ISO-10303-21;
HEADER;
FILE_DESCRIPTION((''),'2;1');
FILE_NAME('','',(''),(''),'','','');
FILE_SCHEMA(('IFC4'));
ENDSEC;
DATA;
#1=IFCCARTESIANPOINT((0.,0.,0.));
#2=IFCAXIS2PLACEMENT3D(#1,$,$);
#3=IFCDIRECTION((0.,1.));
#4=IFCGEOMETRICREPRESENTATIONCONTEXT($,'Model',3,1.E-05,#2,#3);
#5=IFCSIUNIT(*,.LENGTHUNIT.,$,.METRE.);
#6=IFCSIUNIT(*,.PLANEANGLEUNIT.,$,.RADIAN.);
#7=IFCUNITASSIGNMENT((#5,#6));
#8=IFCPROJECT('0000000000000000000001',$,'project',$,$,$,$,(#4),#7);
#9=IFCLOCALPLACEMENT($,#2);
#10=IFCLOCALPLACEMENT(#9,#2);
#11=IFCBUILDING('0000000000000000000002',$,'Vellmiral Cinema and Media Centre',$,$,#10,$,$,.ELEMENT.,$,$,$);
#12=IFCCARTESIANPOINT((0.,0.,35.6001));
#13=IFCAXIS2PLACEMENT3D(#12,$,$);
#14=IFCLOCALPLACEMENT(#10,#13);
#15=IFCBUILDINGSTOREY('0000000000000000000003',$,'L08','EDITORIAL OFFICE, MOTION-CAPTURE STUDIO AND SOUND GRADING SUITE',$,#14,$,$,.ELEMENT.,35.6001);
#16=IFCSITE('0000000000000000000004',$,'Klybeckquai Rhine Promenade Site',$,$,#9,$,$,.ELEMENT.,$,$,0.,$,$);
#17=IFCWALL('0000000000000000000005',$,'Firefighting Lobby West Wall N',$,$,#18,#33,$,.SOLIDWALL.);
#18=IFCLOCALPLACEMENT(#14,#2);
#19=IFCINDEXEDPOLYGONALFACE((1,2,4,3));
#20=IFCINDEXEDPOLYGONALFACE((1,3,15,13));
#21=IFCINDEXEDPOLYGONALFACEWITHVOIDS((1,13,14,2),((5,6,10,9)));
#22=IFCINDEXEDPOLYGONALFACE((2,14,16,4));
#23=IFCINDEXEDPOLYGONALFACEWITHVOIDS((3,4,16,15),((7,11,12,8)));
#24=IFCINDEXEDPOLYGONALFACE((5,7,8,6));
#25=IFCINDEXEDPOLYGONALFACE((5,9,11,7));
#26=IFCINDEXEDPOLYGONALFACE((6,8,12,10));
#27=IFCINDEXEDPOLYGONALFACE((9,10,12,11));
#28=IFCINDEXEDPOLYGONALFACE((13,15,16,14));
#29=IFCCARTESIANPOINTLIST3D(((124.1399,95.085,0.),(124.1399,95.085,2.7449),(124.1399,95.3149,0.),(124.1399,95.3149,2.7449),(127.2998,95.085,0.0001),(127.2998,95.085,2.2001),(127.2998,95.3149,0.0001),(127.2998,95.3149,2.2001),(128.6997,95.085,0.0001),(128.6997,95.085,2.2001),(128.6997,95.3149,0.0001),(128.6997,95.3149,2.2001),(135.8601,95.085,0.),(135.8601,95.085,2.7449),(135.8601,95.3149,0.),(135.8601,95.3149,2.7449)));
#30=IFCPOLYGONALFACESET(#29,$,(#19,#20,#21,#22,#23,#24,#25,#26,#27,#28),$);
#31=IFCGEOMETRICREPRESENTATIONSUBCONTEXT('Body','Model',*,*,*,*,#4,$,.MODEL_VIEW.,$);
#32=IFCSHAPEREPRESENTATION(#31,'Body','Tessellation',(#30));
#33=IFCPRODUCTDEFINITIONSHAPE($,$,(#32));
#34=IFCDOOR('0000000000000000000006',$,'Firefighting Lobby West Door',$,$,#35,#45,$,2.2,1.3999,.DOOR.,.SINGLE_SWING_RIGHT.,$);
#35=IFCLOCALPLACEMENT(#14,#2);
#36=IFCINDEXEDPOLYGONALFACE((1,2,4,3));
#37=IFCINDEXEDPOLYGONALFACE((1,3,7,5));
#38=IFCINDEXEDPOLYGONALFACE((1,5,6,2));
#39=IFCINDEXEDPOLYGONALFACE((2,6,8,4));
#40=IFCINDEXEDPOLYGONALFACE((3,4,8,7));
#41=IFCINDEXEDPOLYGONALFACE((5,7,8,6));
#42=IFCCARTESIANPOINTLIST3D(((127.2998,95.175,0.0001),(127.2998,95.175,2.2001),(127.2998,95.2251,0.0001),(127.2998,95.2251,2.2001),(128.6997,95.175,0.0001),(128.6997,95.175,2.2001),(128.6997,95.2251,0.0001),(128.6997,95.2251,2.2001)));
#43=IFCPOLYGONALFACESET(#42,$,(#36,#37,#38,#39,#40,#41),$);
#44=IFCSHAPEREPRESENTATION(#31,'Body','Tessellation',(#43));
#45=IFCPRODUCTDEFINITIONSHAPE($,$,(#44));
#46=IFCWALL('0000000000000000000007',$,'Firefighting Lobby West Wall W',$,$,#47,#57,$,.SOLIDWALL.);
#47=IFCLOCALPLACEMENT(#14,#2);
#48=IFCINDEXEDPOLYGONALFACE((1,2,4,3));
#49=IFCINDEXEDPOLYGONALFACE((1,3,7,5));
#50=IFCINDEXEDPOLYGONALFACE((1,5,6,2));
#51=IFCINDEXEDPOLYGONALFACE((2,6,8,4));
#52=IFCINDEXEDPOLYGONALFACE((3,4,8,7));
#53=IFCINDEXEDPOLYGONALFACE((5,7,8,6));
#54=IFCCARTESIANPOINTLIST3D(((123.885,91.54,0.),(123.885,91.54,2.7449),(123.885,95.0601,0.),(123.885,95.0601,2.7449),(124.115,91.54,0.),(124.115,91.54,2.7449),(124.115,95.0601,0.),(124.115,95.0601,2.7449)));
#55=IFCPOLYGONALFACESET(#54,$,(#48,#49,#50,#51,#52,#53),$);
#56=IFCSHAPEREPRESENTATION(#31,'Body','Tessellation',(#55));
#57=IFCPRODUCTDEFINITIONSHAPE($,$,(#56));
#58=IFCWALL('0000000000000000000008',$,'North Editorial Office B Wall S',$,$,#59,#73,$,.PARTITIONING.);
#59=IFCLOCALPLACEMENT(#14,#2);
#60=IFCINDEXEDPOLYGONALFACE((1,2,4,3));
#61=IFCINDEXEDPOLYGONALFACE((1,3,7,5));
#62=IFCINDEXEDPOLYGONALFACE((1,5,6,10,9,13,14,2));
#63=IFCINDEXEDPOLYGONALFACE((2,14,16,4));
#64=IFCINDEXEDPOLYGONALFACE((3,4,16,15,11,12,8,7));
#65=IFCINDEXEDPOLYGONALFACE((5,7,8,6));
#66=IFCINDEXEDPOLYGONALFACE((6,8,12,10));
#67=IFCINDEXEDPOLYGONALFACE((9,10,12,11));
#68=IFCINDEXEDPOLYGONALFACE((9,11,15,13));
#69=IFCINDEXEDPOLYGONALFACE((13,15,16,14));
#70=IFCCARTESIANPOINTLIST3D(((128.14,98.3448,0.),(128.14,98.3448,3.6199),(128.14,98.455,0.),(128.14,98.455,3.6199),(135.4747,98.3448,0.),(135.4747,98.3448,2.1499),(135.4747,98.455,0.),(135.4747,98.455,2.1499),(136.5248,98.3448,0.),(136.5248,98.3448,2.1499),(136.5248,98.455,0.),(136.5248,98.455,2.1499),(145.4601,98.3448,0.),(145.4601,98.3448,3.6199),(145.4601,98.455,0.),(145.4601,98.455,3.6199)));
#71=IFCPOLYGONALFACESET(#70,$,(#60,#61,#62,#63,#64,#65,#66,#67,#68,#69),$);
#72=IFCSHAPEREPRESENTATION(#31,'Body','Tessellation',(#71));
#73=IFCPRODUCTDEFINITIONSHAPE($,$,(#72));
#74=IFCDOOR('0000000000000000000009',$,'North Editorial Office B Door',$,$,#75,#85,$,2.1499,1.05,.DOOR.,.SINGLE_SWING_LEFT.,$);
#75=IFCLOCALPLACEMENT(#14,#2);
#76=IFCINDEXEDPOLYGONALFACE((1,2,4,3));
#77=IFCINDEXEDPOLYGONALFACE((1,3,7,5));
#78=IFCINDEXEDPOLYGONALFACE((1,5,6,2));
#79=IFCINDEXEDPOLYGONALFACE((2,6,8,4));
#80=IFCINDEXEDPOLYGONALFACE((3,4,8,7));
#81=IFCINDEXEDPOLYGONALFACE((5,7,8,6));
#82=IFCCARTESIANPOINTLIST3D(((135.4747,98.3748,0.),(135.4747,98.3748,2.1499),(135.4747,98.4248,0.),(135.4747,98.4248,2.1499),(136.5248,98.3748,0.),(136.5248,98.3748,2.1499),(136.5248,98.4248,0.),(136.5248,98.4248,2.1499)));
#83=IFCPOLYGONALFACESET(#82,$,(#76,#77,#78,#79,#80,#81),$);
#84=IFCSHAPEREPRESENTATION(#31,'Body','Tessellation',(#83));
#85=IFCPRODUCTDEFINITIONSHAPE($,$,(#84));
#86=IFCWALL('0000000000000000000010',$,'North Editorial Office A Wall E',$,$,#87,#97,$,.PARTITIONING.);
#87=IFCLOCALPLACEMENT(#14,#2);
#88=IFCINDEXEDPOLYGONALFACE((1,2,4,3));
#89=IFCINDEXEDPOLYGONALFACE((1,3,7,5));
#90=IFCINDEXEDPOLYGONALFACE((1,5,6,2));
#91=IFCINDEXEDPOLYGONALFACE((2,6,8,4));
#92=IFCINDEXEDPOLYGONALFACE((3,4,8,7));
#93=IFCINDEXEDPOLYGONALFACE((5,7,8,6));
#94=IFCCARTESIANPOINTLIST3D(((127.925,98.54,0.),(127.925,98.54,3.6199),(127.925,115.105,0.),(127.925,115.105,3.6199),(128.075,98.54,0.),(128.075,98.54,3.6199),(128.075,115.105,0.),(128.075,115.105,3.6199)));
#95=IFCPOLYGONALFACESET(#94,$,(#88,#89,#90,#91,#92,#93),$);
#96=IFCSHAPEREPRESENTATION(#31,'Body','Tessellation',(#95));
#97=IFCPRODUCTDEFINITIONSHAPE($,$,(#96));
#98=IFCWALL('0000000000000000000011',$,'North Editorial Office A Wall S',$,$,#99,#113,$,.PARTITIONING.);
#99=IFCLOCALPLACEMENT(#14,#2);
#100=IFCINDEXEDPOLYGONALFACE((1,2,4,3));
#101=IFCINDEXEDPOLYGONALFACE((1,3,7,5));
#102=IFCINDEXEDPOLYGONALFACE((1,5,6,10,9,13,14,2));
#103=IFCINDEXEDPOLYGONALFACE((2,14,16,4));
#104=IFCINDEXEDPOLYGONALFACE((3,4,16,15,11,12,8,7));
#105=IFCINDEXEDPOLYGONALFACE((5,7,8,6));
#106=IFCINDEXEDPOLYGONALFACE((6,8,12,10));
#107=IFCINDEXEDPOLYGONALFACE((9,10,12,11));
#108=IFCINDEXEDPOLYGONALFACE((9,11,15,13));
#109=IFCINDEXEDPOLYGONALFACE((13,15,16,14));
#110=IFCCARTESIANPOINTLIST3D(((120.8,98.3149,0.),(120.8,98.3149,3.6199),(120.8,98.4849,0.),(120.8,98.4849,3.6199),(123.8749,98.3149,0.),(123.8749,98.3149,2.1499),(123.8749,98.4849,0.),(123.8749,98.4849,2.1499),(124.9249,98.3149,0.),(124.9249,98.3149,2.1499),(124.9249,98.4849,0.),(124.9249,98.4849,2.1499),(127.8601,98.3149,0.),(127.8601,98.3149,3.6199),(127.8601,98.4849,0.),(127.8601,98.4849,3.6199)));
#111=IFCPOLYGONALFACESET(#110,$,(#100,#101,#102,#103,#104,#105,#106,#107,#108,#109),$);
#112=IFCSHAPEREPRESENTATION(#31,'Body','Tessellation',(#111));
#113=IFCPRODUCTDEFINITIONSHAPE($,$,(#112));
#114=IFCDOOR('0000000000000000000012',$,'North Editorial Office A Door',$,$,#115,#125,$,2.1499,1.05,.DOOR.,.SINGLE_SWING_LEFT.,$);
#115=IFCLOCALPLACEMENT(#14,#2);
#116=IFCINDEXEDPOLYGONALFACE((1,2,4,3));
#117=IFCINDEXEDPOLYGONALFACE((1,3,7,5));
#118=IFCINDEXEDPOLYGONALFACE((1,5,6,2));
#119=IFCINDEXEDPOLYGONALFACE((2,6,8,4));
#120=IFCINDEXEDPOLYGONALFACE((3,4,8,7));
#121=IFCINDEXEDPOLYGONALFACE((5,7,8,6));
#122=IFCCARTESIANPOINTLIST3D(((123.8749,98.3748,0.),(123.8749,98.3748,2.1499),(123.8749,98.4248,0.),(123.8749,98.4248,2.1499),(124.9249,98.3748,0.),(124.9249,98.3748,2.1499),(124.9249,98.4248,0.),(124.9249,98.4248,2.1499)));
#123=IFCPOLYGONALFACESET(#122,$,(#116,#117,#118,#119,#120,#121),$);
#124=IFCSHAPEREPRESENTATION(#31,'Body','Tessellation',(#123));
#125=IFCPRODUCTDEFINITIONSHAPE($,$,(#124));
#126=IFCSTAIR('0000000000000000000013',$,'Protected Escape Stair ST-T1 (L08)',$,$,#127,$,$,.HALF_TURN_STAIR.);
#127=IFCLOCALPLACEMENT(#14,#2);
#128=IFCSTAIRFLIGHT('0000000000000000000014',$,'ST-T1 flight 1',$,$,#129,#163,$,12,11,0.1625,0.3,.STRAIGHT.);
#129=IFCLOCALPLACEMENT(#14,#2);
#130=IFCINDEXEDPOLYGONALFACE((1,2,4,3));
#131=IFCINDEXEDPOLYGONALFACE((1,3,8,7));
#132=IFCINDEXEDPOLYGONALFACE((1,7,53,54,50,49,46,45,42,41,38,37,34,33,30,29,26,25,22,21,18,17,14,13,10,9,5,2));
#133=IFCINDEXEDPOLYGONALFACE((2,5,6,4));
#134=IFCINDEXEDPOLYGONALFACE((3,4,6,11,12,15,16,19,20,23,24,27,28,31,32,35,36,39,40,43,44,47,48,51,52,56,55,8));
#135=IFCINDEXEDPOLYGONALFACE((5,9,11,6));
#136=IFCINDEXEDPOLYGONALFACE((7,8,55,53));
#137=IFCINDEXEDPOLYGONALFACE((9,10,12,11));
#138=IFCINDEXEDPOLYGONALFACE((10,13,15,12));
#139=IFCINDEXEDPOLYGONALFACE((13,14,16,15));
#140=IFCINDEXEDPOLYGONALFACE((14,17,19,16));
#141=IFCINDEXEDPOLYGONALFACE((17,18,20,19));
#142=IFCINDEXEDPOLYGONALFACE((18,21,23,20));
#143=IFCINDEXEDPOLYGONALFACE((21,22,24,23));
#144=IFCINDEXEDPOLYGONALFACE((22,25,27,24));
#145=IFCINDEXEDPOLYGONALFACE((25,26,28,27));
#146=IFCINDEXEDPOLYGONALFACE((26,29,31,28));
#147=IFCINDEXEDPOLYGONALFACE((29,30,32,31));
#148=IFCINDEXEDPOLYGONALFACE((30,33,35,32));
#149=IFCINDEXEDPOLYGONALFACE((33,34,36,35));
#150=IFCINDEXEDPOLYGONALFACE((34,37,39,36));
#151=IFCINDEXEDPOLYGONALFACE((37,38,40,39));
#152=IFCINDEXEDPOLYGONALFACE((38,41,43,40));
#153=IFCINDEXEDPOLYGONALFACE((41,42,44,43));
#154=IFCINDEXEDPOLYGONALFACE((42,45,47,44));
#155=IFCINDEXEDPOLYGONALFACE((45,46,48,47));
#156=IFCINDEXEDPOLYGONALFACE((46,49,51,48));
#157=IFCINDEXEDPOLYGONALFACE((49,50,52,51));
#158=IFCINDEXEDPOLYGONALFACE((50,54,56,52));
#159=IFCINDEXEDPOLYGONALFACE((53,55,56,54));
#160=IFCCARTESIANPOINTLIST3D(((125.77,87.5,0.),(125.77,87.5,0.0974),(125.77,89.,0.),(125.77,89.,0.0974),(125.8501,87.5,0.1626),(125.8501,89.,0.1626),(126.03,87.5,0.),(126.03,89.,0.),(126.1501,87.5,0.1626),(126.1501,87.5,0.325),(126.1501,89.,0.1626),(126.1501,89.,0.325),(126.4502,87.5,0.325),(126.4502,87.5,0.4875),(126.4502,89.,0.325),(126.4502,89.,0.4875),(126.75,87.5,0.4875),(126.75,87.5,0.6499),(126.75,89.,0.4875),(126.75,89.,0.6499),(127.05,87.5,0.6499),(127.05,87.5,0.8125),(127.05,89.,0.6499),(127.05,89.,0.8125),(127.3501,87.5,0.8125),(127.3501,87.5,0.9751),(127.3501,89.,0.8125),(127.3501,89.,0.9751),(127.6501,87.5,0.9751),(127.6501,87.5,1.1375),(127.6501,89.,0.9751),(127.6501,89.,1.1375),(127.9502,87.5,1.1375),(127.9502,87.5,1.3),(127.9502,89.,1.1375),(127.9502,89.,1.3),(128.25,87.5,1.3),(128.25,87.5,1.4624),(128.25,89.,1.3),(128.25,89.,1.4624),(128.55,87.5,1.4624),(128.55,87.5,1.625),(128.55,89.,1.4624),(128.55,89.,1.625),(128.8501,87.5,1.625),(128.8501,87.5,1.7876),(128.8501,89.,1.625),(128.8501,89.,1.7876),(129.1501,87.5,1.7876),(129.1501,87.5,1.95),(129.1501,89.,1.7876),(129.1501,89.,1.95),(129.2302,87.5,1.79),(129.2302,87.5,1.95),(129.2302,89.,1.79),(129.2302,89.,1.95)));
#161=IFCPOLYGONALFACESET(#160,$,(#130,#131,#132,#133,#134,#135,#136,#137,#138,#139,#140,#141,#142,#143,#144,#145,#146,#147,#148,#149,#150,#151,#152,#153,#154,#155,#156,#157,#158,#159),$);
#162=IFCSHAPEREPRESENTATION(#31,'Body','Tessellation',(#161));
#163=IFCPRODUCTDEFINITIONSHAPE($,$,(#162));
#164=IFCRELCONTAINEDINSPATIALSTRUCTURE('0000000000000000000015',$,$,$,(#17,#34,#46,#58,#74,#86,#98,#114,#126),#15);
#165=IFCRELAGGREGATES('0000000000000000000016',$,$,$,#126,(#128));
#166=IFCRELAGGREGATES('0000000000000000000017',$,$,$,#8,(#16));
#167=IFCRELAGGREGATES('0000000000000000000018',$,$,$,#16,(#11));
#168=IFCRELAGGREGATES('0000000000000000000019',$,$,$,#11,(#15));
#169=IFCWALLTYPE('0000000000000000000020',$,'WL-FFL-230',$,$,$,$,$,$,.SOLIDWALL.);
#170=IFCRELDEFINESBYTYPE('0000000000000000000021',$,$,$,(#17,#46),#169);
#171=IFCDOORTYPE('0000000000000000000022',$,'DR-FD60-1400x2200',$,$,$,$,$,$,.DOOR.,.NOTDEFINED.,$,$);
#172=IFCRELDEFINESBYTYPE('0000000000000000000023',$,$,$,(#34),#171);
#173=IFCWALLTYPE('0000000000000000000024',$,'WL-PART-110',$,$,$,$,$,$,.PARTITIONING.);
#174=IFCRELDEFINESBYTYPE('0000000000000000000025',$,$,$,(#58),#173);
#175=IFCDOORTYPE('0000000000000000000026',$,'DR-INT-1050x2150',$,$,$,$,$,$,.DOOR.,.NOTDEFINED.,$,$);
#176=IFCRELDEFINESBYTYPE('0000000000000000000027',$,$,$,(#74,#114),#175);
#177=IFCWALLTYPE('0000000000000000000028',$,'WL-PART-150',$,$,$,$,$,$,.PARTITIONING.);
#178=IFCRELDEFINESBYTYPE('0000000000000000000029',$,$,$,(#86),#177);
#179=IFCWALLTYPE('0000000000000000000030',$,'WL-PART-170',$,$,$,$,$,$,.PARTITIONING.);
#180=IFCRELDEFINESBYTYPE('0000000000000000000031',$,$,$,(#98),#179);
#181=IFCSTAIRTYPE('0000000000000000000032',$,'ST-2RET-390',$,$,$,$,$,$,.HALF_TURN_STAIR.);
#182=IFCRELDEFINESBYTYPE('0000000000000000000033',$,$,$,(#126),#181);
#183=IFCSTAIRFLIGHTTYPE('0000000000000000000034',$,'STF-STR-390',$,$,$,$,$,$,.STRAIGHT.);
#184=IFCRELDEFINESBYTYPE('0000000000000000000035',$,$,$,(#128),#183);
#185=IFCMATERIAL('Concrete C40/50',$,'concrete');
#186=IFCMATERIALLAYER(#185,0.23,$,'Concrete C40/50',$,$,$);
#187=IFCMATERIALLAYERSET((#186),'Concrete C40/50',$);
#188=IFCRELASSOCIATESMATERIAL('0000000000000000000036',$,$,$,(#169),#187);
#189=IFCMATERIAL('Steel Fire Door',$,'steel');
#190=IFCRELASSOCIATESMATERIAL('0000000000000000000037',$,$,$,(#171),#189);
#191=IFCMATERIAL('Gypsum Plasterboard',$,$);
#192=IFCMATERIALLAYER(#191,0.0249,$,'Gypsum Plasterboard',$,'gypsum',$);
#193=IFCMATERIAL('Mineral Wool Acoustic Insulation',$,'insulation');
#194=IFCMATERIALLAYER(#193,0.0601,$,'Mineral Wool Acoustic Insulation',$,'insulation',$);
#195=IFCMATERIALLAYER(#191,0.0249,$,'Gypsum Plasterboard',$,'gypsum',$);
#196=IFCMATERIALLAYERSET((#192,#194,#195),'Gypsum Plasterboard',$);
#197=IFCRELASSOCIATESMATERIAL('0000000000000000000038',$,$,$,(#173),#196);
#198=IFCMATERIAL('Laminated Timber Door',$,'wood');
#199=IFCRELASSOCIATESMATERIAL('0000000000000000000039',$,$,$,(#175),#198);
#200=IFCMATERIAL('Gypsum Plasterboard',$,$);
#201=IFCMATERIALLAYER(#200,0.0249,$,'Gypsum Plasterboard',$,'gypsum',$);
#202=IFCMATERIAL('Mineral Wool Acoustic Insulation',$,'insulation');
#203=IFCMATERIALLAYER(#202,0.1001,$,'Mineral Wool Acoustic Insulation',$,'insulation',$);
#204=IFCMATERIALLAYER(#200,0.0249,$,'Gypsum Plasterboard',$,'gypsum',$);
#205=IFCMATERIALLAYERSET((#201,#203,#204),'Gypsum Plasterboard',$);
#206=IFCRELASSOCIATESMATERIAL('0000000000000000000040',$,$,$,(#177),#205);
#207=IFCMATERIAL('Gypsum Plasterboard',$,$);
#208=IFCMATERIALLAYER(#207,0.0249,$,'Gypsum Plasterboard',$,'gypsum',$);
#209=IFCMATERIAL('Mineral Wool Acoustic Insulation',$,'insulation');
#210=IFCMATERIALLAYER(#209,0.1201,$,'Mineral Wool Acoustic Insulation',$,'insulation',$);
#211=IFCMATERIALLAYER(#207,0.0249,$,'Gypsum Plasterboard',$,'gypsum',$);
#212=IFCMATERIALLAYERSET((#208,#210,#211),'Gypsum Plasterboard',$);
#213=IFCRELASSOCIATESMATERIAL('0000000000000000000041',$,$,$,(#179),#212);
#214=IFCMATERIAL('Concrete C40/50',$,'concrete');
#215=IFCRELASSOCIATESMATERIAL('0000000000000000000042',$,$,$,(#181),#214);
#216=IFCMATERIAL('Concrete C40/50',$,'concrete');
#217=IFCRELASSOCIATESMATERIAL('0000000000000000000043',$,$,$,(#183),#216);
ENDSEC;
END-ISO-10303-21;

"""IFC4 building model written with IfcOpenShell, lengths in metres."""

from ifc_helpers import new_model, si_unit, direction, frame, frame_2d, origin, place, context, subcontext, project, spatial, polyline, rectangle, outline, extrude, material, layer, layer_set, type_object, element, fill, aggregate, save


model = new_model("IFC4")

# Units and contexts
model_context = context("Model", 3, precision=1e-05, world=origin(), true_north=direction((0.0, 1.0)))
body_context = subcontext(model_context, "Body", "Model", "MODEL_VIEW")
ifc_project = project(units=[si_unit("LENGTHUNIT", "METRE"), si_unit("PLANEANGLEUNIT", "RADIAN")], contexts=[model_context])

# Site, building, storey
site_placement = place(None, origin())
site = spatial("IfcSite", under=ifc_project, at=site_placement, Name="Klybeckquai Rhine Promenade Site", CompositionType="ELEMENT", RefElevation=0.0)
building_placement = place(site_placement, origin())
building = spatial("IfcBuilding", under=site, at=building_placement, Name="Vellmiral Cinema and Media Centre", CompositionType="ELEMENT")
storey_placement = place(building_placement, frame((0.0, 0.0, 35.6001)))
storey = spatial("IfcBuildingStorey", under=building, at=storey_placement, Name="L08", Description="EDITORIAL OFFICE, MOTION-CAPTURE STUDIO AND SOUND GRADING SUITE", CompositionType="ELEMENT", Elevation=35.6001)

# Shared definitions
ifc_material_1 = material(Name="Concrete C40/50", Category="concrete")
ifc_layer_1 = layer(ifc_material_1, 0.23, Name="Concrete C40/50")
ifc_layer_set_1 = layer_set([ifc_layer_1], Name="Concrete C40/50")
wall_type_1 = type_object("IfcWallType", Name="WL-FFL-230", PredefinedType="SOLIDWALL", material=ifc_layer_set_1)

# Wall, opening, door
wall_1_placement = place(storey_placement, frame((124.1399, 95.2, 0.0), z_axis=(0.0, 0.0, 1.0), x_axis=(1.0, 0.0, 0.0)))
wall_1 = element("IfcWall", 1, at=wall_1_placement, inside=storey, type_object=wall_type_1, Name="Firefighting Lobby West Wall N", PredefinedType="SOLIDWALL", context=body_context, shape_type="SweptSolid", body=[
    extrude(rectangle(XDim=11.7202, YDim=0.23, at=frame_2d((5.8601, 0.0))), origin(), (0.0, 0.0, 1.0), 2.7449),
])
opening_1_placement = place(wall_1_placement, frame((3.1599, 0.0, 0.0)))
opening_1 = element("IfcOpeningElement", 2, at=opening_1_placement, cuts=wall_1, PredefinedType="OPENING", context=body_context, shape_type="SweptSolid", body=[
    extrude(rectangle(XDim=1.3999, YDim=2.2, at=frame_2d((0.7, 1.1001))), frame((0.0, 0.127, 0.0), z_axis=(0.0, -1.0, 0.0), x_axis=(1.0, 0.0, 0.0)), (0.0, 0.0, 1.0), 0.2539),
])
ifc_material_2 = material(Name="Steel Fire Door", Category="steel")
door_type_1 = type_object("IfcDoorType", Name="DR-FD60-1400x2200", OperationType="NOTDEFINED", PredefinedType="DOOR", material=ifc_material_2)
door_1_placement = place(opening_1_placement, frame((1.3999, 0.0, 0.0), z_axis=(0.0, 0.0, 1.0), x_axis=(-1.0, 0.0, 0.0)))
door_1 = element("IfcDoor", 3, at=door_1_placement, inside=storey, type_object=door_type_1, Name="Firefighting Lobby West Door", OperationType="SINGLE_SWING_RIGHT", OverallHeight=2.2, OverallWidth=1.3999, PredefinedType="DOOR", context=body_context, shape_type="SweptSolid", body=[
    extrude(rectangle(XDim=1.3999, YDim=2.2, at=frame_2d((0.7, 1.1001))), frame((0.0, 0.0249, 0.0), z_axis=(0.0, -1.0, 0.0), x_axis=(1.0, 0.0, 0.0)), (0.0, 0.0, 1.0), 0.05),
])
fill(opening_1, door_1)

# Wall
wall_2_placement = place(storey_placement, frame((124.0, 91.54, 0.0), z_axis=(0.0, 0.0, 1.0), x_axis=(0.0, 1.0, 0.0)))
element("IfcWall", 4, at=wall_2_placement, inside=storey, type_object=wall_type_1, Name="Firefighting Lobby West Wall W", PredefinedType="SOLIDWALL", context=body_context, shape_type="SweptSolid", body=[
    extrude(rectangle(XDim=3.52, YDim=0.23, at=frame_2d((1.76, 0.0))), origin(), (0.0, 0.0, 1.0), 2.7449),
])

# Wall, opening, door
ifc_material_3 = material(Name="Gypsum Plasterboard")
ifc_layer_2 = layer(ifc_material_3, 0.0249, Name="Gypsum Plasterboard", Category="gypsum")
ifc_material_4 = material(Name="Mineral Wool Acoustic Insulation", Category="insulation")
ifc_layer_3 = layer(ifc_material_4, 0.0601, Name="Mineral Wool Acoustic Insulation", Category="insulation")
ifc_layer_4 = layer(ifc_material_3, 0.0249, Name="Gypsum Plasterboard", Category="gypsum")
ifc_layer_set_2 = layer_set([ifc_layer_2, ifc_layer_3, ifc_layer_4], Name="Gypsum Plasterboard")
wall_type_2 = type_object("IfcWallType", Name="WL-PART-110", PredefinedType="PARTITIONING", material=ifc_layer_set_2)
wall_3_placement = place(storey_placement, frame((128.1399, 98.3999, 0.0), z_axis=(0.0, 0.0, 1.0), x_axis=(1.0, 0.0, 0.0)))
wall_3 = element("IfcWall", 5, at=wall_3_placement, inside=storey, type_object=wall_type_2, Name="North Editorial Office B Wall S", PredefinedType="PARTITIONING", context=body_context, shape_type="SweptSolid", body=[
    extrude(rectangle(XDim=17.3201, YDim=0.1101, at=frame_2d((8.6602, 0.0))), origin(), (0.0, 0.0, 1.0), 3.6199),
])
opening_2_placement = place(wall_3_placement, frame((7.335, 0.0, 0.0)))
opening_2 = element("IfcOpeningElement", 6, at=opening_2_placement, cuts=wall_3, PredefinedType="OPENING", context=body_context, shape_type="SweptSolid", body=[
    extrude(rectangle(XDim=1.05, YDim=2.1499, at=frame_2d((0.5249, 1.075))), frame((0.0, 0.0669, 0.0), z_axis=(0.0, -1.0, 0.0), x_axis=(1.0, 0.0, 0.0)), (0.0, 0.0, 1.0), 0.134),
])
ifc_material_5 = material(Name="Laminated Timber Door", Category="wood")
door_type_2 = type_object("IfcDoorType", Name="DR-INT-1050x2150", OperationType="NOTDEFINED", PredefinedType="DOOR", material=ifc_material_5)
door_2_placement = place(opening_2_placement, origin())
door_2 = element("IfcDoor", 7, at=door_2_placement, inside=storey, type_object=door_type_2, Name="North Editorial Office B Door", OperationType="SINGLE_SWING_LEFT", OverallHeight=2.1499, OverallWidth=1.05, PredefinedType="DOOR", context=body_context, shape_type="SweptSolid", body=[
    extrude(rectangle(XDim=1.05, YDim=2.1499, at=frame_2d((0.5249, 1.075))), frame((0.0, 0.0249, 0.0), z_axis=(0.0, -1.0, 0.0), x_axis=(1.0, 0.0, 0.0)), (0.0, 0.0, 1.0), 0.05),
])
fill(opening_2, door_2)

# Wall
ifc_material_6 = material(Name="Gypsum Plasterboard")
ifc_layer_5 = layer(ifc_material_6, 0.0249, Name="Gypsum Plasterboard", Category="gypsum")
ifc_material_7 = material(Name="Mineral Wool Acoustic Insulation", Category="insulation")
ifc_layer_6 = layer(ifc_material_7, 0.1001, Name="Mineral Wool Acoustic Insulation", Category="insulation")
ifc_layer_7 = layer(ifc_material_6, 0.0249, Name="Gypsum Plasterboard", Category="gypsum")
ifc_layer_set_3 = layer_set([ifc_layer_5, ifc_layer_6, ifc_layer_7], Name="Gypsum Plasterboard")
wall_type_3 = type_object("IfcWallType", Name="WL-PART-150", PredefinedType="PARTITIONING", material=ifc_layer_set_3)
wall_4_placement = place(storey_placement, frame((128.0, 98.54, 0.0), z_axis=(0.0, 0.0, 1.0), x_axis=(0.0, 1.0, 0.0)))
element("IfcWall", 8, at=wall_4_placement, inside=storey, type_object=wall_type_3, Name="North Editorial Office A Wall E", PredefinedType="PARTITIONING", context=body_context, shape_type="SweptSolid", body=[
    extrude(rectangle(XDim=16.5649, YDim=0.1499, at=frame_2d((8.2825, 0.0))), origin(), (0.0, 0.0, 1.0), 3.6199),
])

# Wall, opening, door
ifc_material_8 = material(Name="Gypsum Plasterboard")
ifc_layer_8 = layer(ifc_material_8, 0.0249, Name="Gypsum Plasterboard", Category="gypsum")
ifc_material_9 = material(Name="Mineral Wool Acoustic Insulation", Category="insulation")
ifc_layer_9 = layer(ifc_material_9, 0.1201, Name="Mineral Wool Acoustic Insulation", Category="insulation")
ifc_layer_10 = layer(ifc_material_8, 0.0249, Name="Gypsum Plasterboard", Category="gypsum")
ifc_layer_set_4 = layer_set([ifc_layer_8, ifc_layer_9, ifc_layer_10], Name="Gypsum Plasterboard")
wall_type_4 = type_object("IfcWallType", Name="WL-PART-170", PredefinedType="PARTITIONING", material=ifc_layer_set_4)
wall_5_placement = place(storey_placement, frame((120.8, 98.3999, 0.0), z_axis=(0.0, 0.0, 1.0), x_axis=(1.0, 0.0, 0.0)))
wall_5 = element("IfcWall", 9, at=wall_5_placement, inside=storey, type_object=wall_type_4, Name="North Editorial Office A Wall S", PredefinedType="PARTITIONING", context=body_context, shape_type="SweptSolid", body=[
    extrude(rectangle(XDim=7.0601, YDim=0.1699, at=frame_2d((3.53, 0.0))), origin(), (0.0, 0.0, 1.0), 3.6199),
])
opening_3_placement = place(wall_5_placement, frame((3.075, 0.0, 0.0)))
opening_3 = element("IfcOpeningElement", 10, at=opening_3_placement, cuts=wall_5, PredefinedType="OPENING", context=body_context, shape_type="SweptSolid", body=[
    extrude(rectangle(XDim=1.05, YDim=2.1499, at=frame_2d((0.5249, 1.075))), frame((0.0, 0.0969, 0.0), z_axis=(0.0, -1.0, 0.0), x_axis=(1.0, 0.0, 0.0)), (0.0, 0.0, 1.0), 0.1938),
])
door_3_placement = place(opening_3_placement, origin())
door_3 = element("IfcDoor", 11, at=door_3_placement, inside=storey, type_object=door_type_2, Name="North Editorial Office A Door", OperationType="SINGLE_SWING_LEFT", OverallHeight=2.1499, OverallWidth=1.05, PredefinedType="DOOR", context=body_context, shape_type="SweptSolid", body=[
    extrude(rectangle(XDim=1.05, YDim=2.1499, at=frame_2d((0.5249, 1.075))), frame((0.0, 0.0249, 0.0), z_axis=(0.0, -1.0, 0.0), x_axis=(1.0, 0.0, 0.0)), (0.0, 0.0, 1.0), 0.05),
])
fill(opening_3, door_3)

# Stair, stair flight
ifc_material_10 = material(Name="Concrete C40/50", Category="concrete")
stair_type = type_object("IfcStairType", Name="ST-2RET-390", PredefinedType="HALF_TURN_STAIR", material=ifc_material_10)
stair_placement = place(storey_placement, origin())
stair = element("IfcStair", 12, at=stair_placement, inside=storey, type_object=stair_type, Name="Protected Escape Stair ST-T1 (L08)", PredefinedType="HALF_TURN_STAIR")
ifc_material_11 = material(Name="Concrete C40/50", Category="concrete")
stair_flight_type = type_object("IfcStairFlightType", Name="STF-STR-390", PredefinedType="STRAIGHT", material=ifc_material_11)
stair_flight_1_placement = place(storey_placement, frame((125.8501, 88.25, 0.0), z_axis=(0.0, 0.0, 1.0), x_axis=(1.0, 0.0, 0.0)))
stair_flight_1 = element("IfcStairFlight", 13, at=stair_flight_1_placement, type_object=stair_flight_type, Name="ST-T1 flight 1", NumberOfRisers=12, NumberOfTreads=11, PredefinedType="STRAIGHT", RiserHeight=0.1625, TreadLength=0.3, context=body_context, shape_type="SweptSolid", body=[
    extrude(outline(polyline([(-0.0801, 0.0), (-0.0801, 0.0974), (0.0, 0.1626), (0.3, 0.1626), (0.3, 0.325), (0.6001, 0.325), (0.6001, 0.4875), (0.8999, 0.4875), (0.8999, 0.6499), (1.2, 0.6499), (1.2, 0.8125), (1.5, 0.8125), (1.5, 0.9751), (1.8, 0.9751), (1.8, 1.1375), (2.1001, 1.1375), (2.1001, 1.3), (2.3999, 1.3), (2.3999, 1.4624), (2.7, 1.4624), (2.7, 1.625), (3.0, 1.625), (3.0, 1.7876), (3.3, 1.7876), (3.3, 1.95), (3.3801, 1.95), (3.3801, 1.79), (0.1799, 0.0), (-0.0801, 0.0)])), frame((0.0, 0.75, 0.0), z_axis=(0.0, -1.0, 0.0), x_axis=(1.0, 0.0, 0.0)), (0.0, 0.0, 1.0), 1.5),
])
aggregate(stair, [stair_flight_1])

save(model, "model.ifc")
